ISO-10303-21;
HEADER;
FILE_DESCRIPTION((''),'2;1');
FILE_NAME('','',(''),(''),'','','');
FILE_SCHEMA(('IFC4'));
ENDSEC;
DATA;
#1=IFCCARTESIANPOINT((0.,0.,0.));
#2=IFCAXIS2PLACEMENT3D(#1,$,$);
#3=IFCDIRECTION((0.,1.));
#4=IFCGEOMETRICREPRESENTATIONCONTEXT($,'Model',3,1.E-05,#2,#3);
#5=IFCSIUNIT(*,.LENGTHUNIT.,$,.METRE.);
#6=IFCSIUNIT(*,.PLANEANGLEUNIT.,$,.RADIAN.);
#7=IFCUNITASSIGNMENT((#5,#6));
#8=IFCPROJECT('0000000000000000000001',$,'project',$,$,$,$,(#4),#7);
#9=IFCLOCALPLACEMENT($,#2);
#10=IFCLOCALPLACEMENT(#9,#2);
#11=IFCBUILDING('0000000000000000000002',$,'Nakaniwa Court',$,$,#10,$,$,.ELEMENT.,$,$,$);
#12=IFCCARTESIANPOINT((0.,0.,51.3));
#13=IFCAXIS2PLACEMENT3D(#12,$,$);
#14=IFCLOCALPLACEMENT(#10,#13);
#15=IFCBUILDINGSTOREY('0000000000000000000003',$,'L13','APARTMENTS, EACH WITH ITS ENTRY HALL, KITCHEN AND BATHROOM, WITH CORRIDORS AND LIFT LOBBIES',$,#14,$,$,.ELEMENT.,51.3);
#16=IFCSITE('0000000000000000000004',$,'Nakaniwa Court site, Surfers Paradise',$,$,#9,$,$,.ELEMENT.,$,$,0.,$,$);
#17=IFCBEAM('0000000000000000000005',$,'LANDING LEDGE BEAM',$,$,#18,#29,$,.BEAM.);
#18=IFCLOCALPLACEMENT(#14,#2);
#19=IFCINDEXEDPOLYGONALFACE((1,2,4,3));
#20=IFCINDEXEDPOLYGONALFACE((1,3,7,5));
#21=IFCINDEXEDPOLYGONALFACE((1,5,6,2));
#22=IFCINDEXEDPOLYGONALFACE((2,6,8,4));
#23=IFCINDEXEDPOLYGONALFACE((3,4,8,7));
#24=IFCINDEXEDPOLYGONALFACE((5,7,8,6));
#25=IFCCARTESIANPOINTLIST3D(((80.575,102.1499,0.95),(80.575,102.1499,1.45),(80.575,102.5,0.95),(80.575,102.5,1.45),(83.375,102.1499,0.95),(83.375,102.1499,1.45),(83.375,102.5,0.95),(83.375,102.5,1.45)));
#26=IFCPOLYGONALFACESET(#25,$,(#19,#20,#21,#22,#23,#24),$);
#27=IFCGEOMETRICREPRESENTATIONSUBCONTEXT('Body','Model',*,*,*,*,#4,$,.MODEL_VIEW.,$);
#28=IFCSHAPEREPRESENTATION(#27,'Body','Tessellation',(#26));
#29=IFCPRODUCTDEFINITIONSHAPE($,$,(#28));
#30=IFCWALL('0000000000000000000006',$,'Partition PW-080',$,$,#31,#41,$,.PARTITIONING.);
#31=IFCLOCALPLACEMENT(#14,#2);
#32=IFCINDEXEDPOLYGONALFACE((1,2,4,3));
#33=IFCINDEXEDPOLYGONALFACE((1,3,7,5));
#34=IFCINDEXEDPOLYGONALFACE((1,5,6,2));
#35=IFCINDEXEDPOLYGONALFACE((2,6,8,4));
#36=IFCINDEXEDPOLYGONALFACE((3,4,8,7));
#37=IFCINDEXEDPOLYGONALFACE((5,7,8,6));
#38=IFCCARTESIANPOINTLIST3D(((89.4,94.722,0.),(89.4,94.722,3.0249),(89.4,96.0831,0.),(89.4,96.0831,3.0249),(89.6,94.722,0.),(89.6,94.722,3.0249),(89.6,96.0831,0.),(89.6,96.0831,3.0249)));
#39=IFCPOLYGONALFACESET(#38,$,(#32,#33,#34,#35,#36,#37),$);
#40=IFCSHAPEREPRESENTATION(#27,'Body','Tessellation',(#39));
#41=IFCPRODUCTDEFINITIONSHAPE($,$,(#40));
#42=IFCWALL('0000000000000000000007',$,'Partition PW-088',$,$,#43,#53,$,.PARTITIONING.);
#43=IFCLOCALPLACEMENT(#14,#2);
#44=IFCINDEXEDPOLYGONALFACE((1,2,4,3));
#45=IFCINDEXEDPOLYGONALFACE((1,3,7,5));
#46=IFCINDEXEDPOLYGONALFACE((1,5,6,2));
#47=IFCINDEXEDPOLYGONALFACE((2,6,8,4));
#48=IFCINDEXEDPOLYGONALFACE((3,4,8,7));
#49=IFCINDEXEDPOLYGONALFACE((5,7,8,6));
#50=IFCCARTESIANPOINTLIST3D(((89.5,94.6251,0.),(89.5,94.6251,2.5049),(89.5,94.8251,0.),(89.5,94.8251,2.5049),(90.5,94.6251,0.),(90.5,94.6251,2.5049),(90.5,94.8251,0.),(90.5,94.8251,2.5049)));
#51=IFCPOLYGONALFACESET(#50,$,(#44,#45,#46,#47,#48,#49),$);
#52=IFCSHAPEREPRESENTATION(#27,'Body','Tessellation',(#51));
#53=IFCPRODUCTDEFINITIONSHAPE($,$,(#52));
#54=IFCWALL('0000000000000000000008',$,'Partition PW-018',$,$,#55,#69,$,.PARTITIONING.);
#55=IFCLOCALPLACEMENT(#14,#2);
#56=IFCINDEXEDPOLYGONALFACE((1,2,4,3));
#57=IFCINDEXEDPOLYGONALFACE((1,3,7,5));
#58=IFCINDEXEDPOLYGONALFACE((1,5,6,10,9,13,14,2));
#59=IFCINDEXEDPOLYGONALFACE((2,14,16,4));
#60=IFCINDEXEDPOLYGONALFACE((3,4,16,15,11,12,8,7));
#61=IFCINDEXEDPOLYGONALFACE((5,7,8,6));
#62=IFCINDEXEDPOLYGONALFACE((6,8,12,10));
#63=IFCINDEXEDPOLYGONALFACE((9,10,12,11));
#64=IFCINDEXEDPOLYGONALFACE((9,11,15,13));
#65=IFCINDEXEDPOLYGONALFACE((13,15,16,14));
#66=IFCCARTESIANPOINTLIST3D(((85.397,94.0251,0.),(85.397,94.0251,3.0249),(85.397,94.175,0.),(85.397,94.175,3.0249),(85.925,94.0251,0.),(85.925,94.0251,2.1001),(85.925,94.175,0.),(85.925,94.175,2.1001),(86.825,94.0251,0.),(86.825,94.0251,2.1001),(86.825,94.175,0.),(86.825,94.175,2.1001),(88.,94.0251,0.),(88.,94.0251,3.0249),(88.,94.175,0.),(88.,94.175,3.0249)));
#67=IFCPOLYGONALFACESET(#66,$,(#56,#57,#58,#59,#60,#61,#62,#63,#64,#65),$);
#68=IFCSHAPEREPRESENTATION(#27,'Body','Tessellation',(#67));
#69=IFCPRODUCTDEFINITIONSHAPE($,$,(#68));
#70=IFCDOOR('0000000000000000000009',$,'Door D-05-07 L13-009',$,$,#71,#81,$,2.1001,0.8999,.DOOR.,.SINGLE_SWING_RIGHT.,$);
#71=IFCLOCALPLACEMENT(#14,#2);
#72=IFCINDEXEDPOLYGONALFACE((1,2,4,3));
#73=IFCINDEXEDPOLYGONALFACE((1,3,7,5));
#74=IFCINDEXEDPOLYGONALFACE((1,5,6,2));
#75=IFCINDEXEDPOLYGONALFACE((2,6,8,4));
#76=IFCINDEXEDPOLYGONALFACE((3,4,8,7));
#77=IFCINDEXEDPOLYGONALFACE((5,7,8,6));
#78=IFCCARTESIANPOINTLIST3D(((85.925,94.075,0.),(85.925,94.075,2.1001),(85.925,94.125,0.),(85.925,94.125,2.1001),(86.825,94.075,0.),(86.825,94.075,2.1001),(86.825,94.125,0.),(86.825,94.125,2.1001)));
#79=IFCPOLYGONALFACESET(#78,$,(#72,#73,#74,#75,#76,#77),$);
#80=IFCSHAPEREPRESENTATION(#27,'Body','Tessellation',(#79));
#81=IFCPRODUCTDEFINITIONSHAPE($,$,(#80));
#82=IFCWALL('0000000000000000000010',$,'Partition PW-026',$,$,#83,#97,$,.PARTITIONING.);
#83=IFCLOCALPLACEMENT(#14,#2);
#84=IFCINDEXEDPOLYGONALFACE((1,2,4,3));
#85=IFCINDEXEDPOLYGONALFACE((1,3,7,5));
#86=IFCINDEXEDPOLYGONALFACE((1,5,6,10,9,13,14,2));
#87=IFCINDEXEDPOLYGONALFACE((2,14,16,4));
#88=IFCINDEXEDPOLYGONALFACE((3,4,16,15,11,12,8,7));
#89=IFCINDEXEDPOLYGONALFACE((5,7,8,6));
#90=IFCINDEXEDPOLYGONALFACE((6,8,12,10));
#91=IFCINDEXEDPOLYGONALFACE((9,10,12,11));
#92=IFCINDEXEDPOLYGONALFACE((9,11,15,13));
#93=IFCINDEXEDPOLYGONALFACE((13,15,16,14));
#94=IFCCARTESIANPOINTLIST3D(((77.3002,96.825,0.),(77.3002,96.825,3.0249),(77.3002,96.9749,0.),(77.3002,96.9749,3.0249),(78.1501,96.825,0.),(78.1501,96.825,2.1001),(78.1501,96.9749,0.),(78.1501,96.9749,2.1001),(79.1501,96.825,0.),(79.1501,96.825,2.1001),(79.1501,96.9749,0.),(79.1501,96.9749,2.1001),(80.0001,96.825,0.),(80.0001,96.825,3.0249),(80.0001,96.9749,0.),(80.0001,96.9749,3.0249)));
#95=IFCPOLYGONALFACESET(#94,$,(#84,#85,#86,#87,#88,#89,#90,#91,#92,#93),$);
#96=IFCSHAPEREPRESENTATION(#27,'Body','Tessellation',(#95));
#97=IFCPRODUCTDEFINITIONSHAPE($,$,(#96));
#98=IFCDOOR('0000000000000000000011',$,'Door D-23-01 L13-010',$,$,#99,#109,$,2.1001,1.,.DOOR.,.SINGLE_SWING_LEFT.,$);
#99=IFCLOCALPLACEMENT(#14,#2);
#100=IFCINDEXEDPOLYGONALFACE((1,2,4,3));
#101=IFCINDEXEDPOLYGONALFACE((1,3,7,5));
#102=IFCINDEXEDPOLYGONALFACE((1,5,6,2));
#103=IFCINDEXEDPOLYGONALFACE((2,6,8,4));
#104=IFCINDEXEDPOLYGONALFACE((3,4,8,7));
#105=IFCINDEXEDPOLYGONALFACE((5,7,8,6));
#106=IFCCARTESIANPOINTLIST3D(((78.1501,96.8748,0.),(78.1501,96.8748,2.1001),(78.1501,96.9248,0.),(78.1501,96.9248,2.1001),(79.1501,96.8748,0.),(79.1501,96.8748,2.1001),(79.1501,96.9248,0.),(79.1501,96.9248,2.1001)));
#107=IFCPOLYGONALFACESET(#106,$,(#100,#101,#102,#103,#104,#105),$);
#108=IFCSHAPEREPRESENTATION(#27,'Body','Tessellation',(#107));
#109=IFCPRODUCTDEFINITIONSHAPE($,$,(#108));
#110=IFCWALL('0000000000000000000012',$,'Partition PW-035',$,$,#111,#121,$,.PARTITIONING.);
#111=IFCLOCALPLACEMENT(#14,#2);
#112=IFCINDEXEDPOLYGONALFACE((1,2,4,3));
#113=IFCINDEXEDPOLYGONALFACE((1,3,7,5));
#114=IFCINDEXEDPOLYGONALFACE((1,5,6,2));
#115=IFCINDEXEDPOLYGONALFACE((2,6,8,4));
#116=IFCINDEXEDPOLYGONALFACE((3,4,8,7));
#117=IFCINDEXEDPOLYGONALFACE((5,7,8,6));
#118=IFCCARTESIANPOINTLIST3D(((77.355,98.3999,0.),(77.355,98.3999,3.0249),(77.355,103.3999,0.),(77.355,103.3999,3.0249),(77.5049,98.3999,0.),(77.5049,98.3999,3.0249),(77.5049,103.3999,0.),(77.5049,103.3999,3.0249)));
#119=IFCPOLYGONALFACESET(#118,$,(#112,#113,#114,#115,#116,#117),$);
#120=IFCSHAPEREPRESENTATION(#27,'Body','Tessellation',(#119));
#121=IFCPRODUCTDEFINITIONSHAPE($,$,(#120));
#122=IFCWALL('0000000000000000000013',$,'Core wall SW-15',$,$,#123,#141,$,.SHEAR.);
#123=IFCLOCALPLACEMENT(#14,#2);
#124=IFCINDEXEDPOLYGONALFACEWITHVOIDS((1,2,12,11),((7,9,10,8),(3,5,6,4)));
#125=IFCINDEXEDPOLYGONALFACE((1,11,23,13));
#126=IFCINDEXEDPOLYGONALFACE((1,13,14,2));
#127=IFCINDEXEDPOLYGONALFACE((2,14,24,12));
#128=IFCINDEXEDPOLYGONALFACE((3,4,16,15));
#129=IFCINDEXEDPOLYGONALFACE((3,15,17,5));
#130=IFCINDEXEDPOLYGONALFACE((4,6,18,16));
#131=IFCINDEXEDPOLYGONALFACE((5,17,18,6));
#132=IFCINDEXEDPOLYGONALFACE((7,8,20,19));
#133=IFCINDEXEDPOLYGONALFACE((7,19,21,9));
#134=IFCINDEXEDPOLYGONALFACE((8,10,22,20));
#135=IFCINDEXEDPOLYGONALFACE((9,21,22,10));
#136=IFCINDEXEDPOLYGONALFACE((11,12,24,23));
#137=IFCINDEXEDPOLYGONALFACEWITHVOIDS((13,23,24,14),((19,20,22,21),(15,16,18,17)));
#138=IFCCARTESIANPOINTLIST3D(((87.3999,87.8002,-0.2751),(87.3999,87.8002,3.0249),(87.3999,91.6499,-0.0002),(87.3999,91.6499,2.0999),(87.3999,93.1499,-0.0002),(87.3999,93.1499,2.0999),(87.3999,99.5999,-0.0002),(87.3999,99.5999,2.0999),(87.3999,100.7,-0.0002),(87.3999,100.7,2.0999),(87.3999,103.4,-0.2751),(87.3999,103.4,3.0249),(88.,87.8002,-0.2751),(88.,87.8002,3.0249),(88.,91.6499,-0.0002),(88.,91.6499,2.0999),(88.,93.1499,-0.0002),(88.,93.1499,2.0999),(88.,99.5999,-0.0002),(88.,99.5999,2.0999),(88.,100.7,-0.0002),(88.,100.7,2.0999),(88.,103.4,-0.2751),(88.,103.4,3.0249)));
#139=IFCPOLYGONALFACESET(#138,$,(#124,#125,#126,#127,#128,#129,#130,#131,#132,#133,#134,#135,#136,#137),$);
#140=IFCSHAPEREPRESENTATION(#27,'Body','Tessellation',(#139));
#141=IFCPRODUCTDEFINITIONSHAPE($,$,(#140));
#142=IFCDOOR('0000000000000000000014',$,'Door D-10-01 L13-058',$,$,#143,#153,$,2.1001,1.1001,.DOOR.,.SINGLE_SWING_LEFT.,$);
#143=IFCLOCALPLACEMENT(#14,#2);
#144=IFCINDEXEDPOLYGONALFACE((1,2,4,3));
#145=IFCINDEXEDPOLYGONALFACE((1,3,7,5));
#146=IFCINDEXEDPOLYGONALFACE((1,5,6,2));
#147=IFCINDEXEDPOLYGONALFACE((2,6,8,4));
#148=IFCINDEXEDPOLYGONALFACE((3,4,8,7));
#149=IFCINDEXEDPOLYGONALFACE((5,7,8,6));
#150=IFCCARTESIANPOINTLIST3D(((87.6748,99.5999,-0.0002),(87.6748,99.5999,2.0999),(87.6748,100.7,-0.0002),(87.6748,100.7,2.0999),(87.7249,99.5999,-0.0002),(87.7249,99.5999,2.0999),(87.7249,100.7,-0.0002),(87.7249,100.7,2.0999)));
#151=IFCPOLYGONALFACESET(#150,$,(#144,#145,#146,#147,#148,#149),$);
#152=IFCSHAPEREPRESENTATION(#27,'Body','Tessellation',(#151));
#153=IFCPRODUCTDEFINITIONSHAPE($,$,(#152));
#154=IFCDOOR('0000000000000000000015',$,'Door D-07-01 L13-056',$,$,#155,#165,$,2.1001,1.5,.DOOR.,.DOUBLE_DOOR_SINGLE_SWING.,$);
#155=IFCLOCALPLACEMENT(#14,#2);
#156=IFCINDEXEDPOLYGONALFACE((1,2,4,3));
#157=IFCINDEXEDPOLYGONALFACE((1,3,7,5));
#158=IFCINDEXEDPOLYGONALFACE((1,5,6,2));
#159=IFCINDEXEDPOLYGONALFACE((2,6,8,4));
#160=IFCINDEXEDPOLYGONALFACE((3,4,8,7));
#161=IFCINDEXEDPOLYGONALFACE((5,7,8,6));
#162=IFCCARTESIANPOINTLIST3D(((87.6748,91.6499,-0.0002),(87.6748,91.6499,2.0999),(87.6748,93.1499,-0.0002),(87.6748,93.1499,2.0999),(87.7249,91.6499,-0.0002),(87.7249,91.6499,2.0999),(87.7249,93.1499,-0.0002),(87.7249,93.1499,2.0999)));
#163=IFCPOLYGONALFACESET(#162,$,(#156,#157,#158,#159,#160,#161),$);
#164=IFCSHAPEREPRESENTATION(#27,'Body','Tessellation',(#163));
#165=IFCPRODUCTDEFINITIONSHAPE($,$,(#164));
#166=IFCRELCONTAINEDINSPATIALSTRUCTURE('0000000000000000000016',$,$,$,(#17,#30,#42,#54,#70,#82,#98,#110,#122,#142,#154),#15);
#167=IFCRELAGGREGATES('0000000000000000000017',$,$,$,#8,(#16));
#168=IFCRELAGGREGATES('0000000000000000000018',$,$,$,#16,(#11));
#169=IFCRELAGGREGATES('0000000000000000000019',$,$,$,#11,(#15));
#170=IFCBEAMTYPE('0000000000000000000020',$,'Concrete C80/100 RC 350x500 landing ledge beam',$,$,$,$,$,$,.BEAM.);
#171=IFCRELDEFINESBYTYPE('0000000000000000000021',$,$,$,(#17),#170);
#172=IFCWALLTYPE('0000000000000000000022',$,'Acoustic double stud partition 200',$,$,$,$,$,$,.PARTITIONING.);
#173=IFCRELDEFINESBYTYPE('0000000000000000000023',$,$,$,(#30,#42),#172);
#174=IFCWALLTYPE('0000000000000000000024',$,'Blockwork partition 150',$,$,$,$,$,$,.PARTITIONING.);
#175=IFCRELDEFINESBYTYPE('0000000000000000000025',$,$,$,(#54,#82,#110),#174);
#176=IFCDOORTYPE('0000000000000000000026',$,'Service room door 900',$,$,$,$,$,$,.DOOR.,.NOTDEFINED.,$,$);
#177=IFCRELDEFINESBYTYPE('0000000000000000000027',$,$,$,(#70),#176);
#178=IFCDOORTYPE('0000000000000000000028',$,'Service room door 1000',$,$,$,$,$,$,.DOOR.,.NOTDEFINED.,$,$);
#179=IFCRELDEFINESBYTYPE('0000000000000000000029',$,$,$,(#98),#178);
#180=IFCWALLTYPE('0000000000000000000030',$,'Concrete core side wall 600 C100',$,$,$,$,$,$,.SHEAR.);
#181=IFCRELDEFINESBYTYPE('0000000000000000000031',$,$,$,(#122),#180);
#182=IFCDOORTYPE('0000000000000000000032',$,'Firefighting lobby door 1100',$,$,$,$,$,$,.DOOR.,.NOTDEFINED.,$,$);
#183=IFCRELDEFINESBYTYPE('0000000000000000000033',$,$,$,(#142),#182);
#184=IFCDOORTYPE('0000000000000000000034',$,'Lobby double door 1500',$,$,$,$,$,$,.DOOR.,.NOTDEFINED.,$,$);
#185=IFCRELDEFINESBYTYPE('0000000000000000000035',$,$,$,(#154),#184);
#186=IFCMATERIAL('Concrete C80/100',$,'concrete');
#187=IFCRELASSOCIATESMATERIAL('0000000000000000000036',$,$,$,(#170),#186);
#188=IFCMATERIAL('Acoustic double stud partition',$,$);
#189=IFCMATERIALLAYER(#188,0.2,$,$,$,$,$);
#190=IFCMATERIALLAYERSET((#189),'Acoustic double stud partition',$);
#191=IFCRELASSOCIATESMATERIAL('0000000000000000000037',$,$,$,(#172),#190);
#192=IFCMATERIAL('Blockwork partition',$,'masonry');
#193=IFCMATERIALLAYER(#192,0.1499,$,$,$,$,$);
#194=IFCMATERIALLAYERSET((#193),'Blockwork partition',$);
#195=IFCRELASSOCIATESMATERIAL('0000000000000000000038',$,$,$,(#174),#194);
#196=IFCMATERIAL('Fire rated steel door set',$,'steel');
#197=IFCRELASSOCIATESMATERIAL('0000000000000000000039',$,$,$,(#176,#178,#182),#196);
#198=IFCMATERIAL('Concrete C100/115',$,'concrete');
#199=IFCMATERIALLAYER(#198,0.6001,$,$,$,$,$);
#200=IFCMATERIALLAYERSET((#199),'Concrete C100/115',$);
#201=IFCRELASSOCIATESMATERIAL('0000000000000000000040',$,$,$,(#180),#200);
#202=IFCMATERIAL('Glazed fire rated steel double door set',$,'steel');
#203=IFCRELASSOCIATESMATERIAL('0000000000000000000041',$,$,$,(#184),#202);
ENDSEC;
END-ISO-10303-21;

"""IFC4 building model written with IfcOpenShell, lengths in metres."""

from ifc_helpers import new_model, si_unit, direction, frame, frame_2d, origin, origin_2d, place, context, subcontext, project, spatial, rectangle, extrude, material, layer, layer_set, material_profile, profile_set, type_object, element, fill, save


model = new_model("IFC4")

# Units and contexts
model_context = context("Model", 3, precision=1e-05, world=origin(), true_north=direction((0.0, 1.0)))
body_context = subcontext(model_context, "Body", "Model", "MODEL_VIEW")
ifc_project = project(units=[si_unit("LENGTHUNIT", "METRE"), si_unit("PLANEANGLEUNIT", "RADIAN")], contexts=[model_context])

# Site, building, storey
site_placement = place(None, origin())
site = spatial("IfcSite", under=ifc_project, at=site_placement, Name="Nakaniwa Court site, Surfers Paradise", CompositionType="ELEMENT", RefElevation=0.0)
building_placement = place(site_placement, origin())
building = spatial("IfcBuilding", under=site, at=building_placement, Name="Nakaniwa Court", CompositionType="ELEMENT")
storey_placement = place(building_placement, frame((0.0, 0.0, 51.3)))
storey = spatial("IfcBuildingStorey", under=building, at=storey_placement, Name="L13", Description="APARTMENTS, EACH WITH ITS ENTRY HALL, KITCHEN AND BATHROOM, WITH CORRIDORS AND LIFT LOBBIES", CompositionType="ELEMENT", Elevation=51.3)

# Beam
ifc_material_1 = material(Name="Concrete C80/100", Category="concrete")
ifc_material_profile = material_profile(ifc_material_1, rectangle(XDim=0.3501, YDim=0.5, at=origin_2d()), Name="Concrete C80/100 RC 350x500 landing ledge beam")
ifc_profile_set = profile_set([ifc_material_profile], Name="Concrete C80/100")
beam_type = type_object("IfcBeamType", Name="Concrete C80/100 RC 350x500 landing ledge beam", PredefinedType="BEAM", material=ifc_profile_set)
beam_placement = place(storey_placement, frame((80.575, 102.325, 1.2), z_axis=(1.0, 0.0, 0.0), x_axis=(0.0, 1.0, 0.0)))
element("IfcBeam", 1, at=beam_placement, inside=storey, type_object=beam_type, Name="LANDING LEDGE BEAM", PredefinedType="BEAM", context=body_context, shape_type="SweptSolid", body=[
    extrude(rectangle(XDim=0.3501, YDim=0.5, at=origin_2d()), origin(), (0.0, 0.0, 1.0), 2.8),
])

# Walls
ifc_material_2 = material(Name="Acoustic double stud partition")
ifc_layer_1 = layer(ifc_material_2, 0.2)
ifc_layer_set_1 = layer_set([ifc_layer_1], Name="Acoustic double stud partition")
wall_type_1 = type_object("IfcWallType", Name="Acoustic double stud partition 200", PredefinedType="PARTITIONING", material=ifc_layer_set_1)
wall_1_placement = place(storey_placement, frame((89.5, 94.7219, 0.0), z_axis=(0.0, 0.0, 1.0), x_axis=(0.0, 1.0, 0.0)))
element("IfcWall", 2, at=wall_1_placement, inside=storey, type_object=wall_type_1, Name="Partition PW-080", PredefinedType="PARTITIONING", context=body_context, shape_type="SweptSolid", body=[
    extrude(rectangle(XDim=1.3611, YDim=0.2, at=frame_2d((0.6807, 0.0))), origin(), (0.0, 0.0, 1.0), 3.0249),
])
wall_2_placement = place(storey_placement, frame((89.5, 94.7251, 0.0), z_axis=(0.0, 0.0, 1.0), x_axis=(1.0, 0.0, 0.0)))
element("IfcWall", 3, at=wall_2_placement, inside=storey, type_object=wall_type_1, Name="Partition PW-088", PredefinedType="PARTITIONING", context=body_context, shape_type="SweptSolid", body=[
    extrude(rectangle(XDim=1.0, YDim=0.2, at=frame_2d((0.5, 0.0))), origin(), (0.0, 0.0, 1.0), 2.5049),
])

# Walls, openings, doors
ifc_material_3 = material(Name="Blockwork partition", Category="masonry")
ifc_layer_2 = layer(ifc_material_3, 0.1499)
ifc_layer_set_2 = layer_set([ifc_layer_2], Name="Blockwork partition")
wall_type_2 = type_object("IfcWallType", Name="Blockwork partition 150", PredefinedType="PARTITIONING", material=ifc_layer_set_2)
wall_3_placement = place(storey_placement, frame((85.397, 94.1001, 0.0), z_axis=(0.0, 0.0, 1.0), x_axis=(1.0, 0.0, 0.0)))
wall_3 = element("IfcWall", 4, at=wall_3_placement, inside=storey, type_object=wall_type_2, Name="Partition PW-018", PredefinedType="PARTITIONING", context=body_context, shape_type="SweptSolid", body=[
    extrude(rectangle(XDim=2.603, YDim=0.1499, at=frame_2d((1.3015, 0.0))), origin(), (0.0, 0.0, 1.0), 3.0249),
])
opening_1_placement = place(wall_3_placement, frame((0.5281, 0.0, 0.0)))
opening_1 = element("IfcOpeningElement", 5, at=opening_1_placement, cuts=wall_3, PredefinedType="OPENING", context=body_context, shape_type="SweptSolid", body=[
    extrude(rectangle(XDim=0.8999, YDim=2.1001, at=frame_2d((0.45, 1.05))), frame((0.0, 0.085, 0.0), z_axis=(0.0, -1.0, 0.0), x_axis=(1.0, 0.0, 0.0)), (0.0, 0.0, 1.0), 0.1699),
])
ifc_material_4 = material(Name="Fire rated steel door set", Category="steel")
door_type_1 = type_object("IfcDoorType", Name="Service room door 900", OperationType="NOTDEFINED", PredefinedType="DOOR", material=ifc_material_4)
door_1_placement = place(opening_1_placement, origin())
door_1 = element("IfcDoor", 6, at=door_1_placement, inside=storey, type_object=door_type_1, Name="Door D-05-07 L13-009", OperationType="SINGLE_SWING_RIGHT", OverallHeight=2.1001, OverallWidth=0.8999, PredefinedType="DOOR", context=body_context, shape_type="SweptSolid", body=[
    extrude(rectangle(XDim=0.8999, YDim=2.1001, at=frame_2d((0.45, 1.05))), frame((0.0, 0.0249, 0.0), z_axis=(0.0, -1.0, 0.0), x_axis=(1.0, 0.0, 0.0)), (0.0, 0.0, 1.0), 0.05),
])
fill(opening_1, door_1)
wall_4_placement = place(storey_placement, frame((77.3, 96.8999, 0.0), z_axis=(0.0, 0.0, 1.0), x_axis=(1.0, 0.0, 0.0)))
wall_4 = element("IfcWall", 7, at=wall_4_placement, inside=storey, type_object=wall_type_2, Name="Partition PW-026", PredefinedType="PARTITIONING", context=body_context, shape_type="SweptSolid", body=[
    extrude(rectangle(XDim=2.7, YDim=0.1499, at=frame_2d((1.3501, 0.0))), origin(), (0.0, 0.0, 1.0), 3.0249),
])
opening_2_placement = place(wall_4_placement, frame((0.8501, 0.0, 0.0)))
opening_2 = element("IfcOpeningElement", 8, at=opening_2_placement, cuts=wall_4, PredefinedType="OPENING", context=body_context, shape_type="SweptSolid", body=[
    extrude(rectangle(XDim=1.0, YDim=2.1001, at=frame_2d((0.5, 1.05))), frame((0.0, 0.085, 0.0), z_axis=(0.0, -1.0, 0.0), x_axis=(1.0, 0.0, 0.0)), (0.0, 0.0, 1.0), 0.1699),
])
door_type_2 = type_object("IfcDoorType", Name="Service room door 1000", OperationType="NOTDEFINED", PredefinedType="DOOR", material=ifc_material_4)
door_2_placement = place(opening_2_placement, origin())
door_2 = element("IfcDoor", 9, at=door_2_placement, inside=storey, type_object=door_type_2, Name="Door D-23-01 L13-010", OperationType="SINGLE_SWING_LEFT", OverallHeight=2.1001, OverallWidth=1.0, PredefinedType="DOOR", context=body_context, shape_type="SweptSolid", body=[
    extrude(rectangle(XDim=1.0, YDim=2.1001, at=frame_2d((0.5, 1.05))), frame((0.0, 0.0249, 0.0), z_axis=(0.0, -1.0, 0.0), x_axis=(1.0, 0.0, 0.0)), (0.0, 0.0, 1.0), 0.05),
])
fill(opening_2, door_2)

# Wall
wall_5_placement = place(storey_placement, frame((77.4299, 98.3999, 0.0), z_axis=(0.0, 0.0, 1.0), x_axis=(0.0, 1.0, 0.0)))
element("IfcWall", 10, at=wall_5_placement, inside=storey, type_object=wall_type_2, Name="Partition PW-035", PredefinedType="PARTITIONING", context=body_context, shape_type="SweptSolid", body=[
    extrude(rectangle(XDim=5.0, YDim=0.1499, at=frame_2d((2.5, 0.0))), origin(), (0.0, 0.0, 1.0), 3.0249),
])

# Wall, openings, doors
ifc_material_5 = material(Name="Concrete C100/115", Category="concrete")
ifc_layer_3 = layer(ifc_material_5, 0.6001)
ifc_layer_set_3 = layer_set([ifc_layer_3], Name="Concrete C100/115")
wall_type_3 = type_object("IfcWallType", Name="Concrete core side wall 600 C100", PredefinedType="SHEAR", material=ifc_layer_set_3)
wall_6_placement = place(storey_placement, frame((87.7, 103.3999, -0.2751), z_axis=(0.0, 0.0, 1.0), x_axis=(0.0, -1.0, 0.0)))
wall_6 = element("IfcWall", 11, at=wall_6_placement, inside=storey, type_object=wall_type_3, Name="Core wall SW-15", PredefinedType="SHEAR", context=body_context, shape_type="SweptSolid", body=[
    extrude(rectangle(XDim=15.5999, YDim=0.6001, at=frame_2d((7.7998, 0.0))), origin(), (0.0, 0.0, 1.0), 3.3),
])
opening_3_placement = place(wall_6_placement, frame((10.25, 0.0, 0.2749)))
opening_3 = element("IfcOpeningElement", 12, at=opening_3_placement, cuts=wall_6, PredefinedType="OPENING", context=body_context, shape_type="SweptSolid", body=[
    extrude(rectangle(XDim=1.5, YDim=2.1001, at=frame_2d((0.75, 1.05))), frame((0.0, 0.3101, 0.0), z_axis=(0.0, -1.0, 0.0), x_axis=(1.0, 0.0, 0.0)), (0.0, 0.0, 1.0), 0.6201),
])
opening_4_placement = place(wall_6_placement, frame((2.7, 0.0, 0.2749)))
opening_4 = element("IfcOpeningElement", 13, at=opening_4_placement, cuts=wall_6, PredefinedType="OPENING", context=body_context, shape_type="SweptSolid", body=[
    extrude(rectangle(XDim=1.1001, YDim=2.1001, at=frame_2d((0.55, 1.05))), frame((0.0, 0.3101, 0.0), z_axis=(0.0, -1.0, 0.0), x_axis=(1.0, 0.0, 0.0)), (0.0, 0.0, 1.0), 0.6201),
])
door_type_3 = type_object("IfcDoorType", Name="Firefighting lobby door 1100", OperationType="NOTDEFINED", PredefinedType="DOOR", material=ifc_material_4)
door_3_placement = place(opening_4_placement, origin())
door_3 = element("IfcDoor", 14, at=door_3_placement, inside=storey, type_object=door_type_3, Name="Door D-10-01 L13-058", OperationType="SINGLE_SWING_LEFT", OverallHeight=2.1001, OverallWidth=1.1001, PredefinedType="DOOR", context=body_context, shape_type="SweptSolid", body=[
    extrude(rectangle(XDim=1.1001, YDim=2.1001, at=frame_2d((0.55, 1.05))), frame((0.0, 0.0249, 0.0), z_axis=(0.0, -1.0, 0.0), x_axis=(1.0, 0.0, 0.0)), (0.0, 0.0, 1.0), 0.05),
])
fill(opening_4, door_3)
ifc_material_6 = material(Name="Glazed fire rated steel double door set", Category="steel")
door_type_4 = type_object("IfcDoorType", Name="Lobby double door 1500", OperationType="NOTDEFINED", PredefinedType="DOOR", material=ifc_material_6)
door_4_placement = place(opening_3_placement, origin())
door_4 = element("IfcDoor", 15, at=door_4_placement, inside=storey, type_object=door_type_4, Name="Door D-07-01 L13-056", OperationType="DOUBLE_DOOR_SINGLE_SWING", OverallHeight=2.1001, OverallWidth=1.5, PredefinedType="DOOR", context=body_context, shape_type="SweptSolid", body=[
    extrude(rectangle(XDim=1.5, YDim=2.1001, at=frame_2d((0.75, 1.05))), frame((0.0, 0.0249, 0.0), z_axis=(0.0, -1.0, 0.0), x_axis=(1.0, 0.0, 0.0)), (0.0, 0.0, 1.0), 0.05),
])
fill(opening_3, door_4)

save(model, "model.ifc")
